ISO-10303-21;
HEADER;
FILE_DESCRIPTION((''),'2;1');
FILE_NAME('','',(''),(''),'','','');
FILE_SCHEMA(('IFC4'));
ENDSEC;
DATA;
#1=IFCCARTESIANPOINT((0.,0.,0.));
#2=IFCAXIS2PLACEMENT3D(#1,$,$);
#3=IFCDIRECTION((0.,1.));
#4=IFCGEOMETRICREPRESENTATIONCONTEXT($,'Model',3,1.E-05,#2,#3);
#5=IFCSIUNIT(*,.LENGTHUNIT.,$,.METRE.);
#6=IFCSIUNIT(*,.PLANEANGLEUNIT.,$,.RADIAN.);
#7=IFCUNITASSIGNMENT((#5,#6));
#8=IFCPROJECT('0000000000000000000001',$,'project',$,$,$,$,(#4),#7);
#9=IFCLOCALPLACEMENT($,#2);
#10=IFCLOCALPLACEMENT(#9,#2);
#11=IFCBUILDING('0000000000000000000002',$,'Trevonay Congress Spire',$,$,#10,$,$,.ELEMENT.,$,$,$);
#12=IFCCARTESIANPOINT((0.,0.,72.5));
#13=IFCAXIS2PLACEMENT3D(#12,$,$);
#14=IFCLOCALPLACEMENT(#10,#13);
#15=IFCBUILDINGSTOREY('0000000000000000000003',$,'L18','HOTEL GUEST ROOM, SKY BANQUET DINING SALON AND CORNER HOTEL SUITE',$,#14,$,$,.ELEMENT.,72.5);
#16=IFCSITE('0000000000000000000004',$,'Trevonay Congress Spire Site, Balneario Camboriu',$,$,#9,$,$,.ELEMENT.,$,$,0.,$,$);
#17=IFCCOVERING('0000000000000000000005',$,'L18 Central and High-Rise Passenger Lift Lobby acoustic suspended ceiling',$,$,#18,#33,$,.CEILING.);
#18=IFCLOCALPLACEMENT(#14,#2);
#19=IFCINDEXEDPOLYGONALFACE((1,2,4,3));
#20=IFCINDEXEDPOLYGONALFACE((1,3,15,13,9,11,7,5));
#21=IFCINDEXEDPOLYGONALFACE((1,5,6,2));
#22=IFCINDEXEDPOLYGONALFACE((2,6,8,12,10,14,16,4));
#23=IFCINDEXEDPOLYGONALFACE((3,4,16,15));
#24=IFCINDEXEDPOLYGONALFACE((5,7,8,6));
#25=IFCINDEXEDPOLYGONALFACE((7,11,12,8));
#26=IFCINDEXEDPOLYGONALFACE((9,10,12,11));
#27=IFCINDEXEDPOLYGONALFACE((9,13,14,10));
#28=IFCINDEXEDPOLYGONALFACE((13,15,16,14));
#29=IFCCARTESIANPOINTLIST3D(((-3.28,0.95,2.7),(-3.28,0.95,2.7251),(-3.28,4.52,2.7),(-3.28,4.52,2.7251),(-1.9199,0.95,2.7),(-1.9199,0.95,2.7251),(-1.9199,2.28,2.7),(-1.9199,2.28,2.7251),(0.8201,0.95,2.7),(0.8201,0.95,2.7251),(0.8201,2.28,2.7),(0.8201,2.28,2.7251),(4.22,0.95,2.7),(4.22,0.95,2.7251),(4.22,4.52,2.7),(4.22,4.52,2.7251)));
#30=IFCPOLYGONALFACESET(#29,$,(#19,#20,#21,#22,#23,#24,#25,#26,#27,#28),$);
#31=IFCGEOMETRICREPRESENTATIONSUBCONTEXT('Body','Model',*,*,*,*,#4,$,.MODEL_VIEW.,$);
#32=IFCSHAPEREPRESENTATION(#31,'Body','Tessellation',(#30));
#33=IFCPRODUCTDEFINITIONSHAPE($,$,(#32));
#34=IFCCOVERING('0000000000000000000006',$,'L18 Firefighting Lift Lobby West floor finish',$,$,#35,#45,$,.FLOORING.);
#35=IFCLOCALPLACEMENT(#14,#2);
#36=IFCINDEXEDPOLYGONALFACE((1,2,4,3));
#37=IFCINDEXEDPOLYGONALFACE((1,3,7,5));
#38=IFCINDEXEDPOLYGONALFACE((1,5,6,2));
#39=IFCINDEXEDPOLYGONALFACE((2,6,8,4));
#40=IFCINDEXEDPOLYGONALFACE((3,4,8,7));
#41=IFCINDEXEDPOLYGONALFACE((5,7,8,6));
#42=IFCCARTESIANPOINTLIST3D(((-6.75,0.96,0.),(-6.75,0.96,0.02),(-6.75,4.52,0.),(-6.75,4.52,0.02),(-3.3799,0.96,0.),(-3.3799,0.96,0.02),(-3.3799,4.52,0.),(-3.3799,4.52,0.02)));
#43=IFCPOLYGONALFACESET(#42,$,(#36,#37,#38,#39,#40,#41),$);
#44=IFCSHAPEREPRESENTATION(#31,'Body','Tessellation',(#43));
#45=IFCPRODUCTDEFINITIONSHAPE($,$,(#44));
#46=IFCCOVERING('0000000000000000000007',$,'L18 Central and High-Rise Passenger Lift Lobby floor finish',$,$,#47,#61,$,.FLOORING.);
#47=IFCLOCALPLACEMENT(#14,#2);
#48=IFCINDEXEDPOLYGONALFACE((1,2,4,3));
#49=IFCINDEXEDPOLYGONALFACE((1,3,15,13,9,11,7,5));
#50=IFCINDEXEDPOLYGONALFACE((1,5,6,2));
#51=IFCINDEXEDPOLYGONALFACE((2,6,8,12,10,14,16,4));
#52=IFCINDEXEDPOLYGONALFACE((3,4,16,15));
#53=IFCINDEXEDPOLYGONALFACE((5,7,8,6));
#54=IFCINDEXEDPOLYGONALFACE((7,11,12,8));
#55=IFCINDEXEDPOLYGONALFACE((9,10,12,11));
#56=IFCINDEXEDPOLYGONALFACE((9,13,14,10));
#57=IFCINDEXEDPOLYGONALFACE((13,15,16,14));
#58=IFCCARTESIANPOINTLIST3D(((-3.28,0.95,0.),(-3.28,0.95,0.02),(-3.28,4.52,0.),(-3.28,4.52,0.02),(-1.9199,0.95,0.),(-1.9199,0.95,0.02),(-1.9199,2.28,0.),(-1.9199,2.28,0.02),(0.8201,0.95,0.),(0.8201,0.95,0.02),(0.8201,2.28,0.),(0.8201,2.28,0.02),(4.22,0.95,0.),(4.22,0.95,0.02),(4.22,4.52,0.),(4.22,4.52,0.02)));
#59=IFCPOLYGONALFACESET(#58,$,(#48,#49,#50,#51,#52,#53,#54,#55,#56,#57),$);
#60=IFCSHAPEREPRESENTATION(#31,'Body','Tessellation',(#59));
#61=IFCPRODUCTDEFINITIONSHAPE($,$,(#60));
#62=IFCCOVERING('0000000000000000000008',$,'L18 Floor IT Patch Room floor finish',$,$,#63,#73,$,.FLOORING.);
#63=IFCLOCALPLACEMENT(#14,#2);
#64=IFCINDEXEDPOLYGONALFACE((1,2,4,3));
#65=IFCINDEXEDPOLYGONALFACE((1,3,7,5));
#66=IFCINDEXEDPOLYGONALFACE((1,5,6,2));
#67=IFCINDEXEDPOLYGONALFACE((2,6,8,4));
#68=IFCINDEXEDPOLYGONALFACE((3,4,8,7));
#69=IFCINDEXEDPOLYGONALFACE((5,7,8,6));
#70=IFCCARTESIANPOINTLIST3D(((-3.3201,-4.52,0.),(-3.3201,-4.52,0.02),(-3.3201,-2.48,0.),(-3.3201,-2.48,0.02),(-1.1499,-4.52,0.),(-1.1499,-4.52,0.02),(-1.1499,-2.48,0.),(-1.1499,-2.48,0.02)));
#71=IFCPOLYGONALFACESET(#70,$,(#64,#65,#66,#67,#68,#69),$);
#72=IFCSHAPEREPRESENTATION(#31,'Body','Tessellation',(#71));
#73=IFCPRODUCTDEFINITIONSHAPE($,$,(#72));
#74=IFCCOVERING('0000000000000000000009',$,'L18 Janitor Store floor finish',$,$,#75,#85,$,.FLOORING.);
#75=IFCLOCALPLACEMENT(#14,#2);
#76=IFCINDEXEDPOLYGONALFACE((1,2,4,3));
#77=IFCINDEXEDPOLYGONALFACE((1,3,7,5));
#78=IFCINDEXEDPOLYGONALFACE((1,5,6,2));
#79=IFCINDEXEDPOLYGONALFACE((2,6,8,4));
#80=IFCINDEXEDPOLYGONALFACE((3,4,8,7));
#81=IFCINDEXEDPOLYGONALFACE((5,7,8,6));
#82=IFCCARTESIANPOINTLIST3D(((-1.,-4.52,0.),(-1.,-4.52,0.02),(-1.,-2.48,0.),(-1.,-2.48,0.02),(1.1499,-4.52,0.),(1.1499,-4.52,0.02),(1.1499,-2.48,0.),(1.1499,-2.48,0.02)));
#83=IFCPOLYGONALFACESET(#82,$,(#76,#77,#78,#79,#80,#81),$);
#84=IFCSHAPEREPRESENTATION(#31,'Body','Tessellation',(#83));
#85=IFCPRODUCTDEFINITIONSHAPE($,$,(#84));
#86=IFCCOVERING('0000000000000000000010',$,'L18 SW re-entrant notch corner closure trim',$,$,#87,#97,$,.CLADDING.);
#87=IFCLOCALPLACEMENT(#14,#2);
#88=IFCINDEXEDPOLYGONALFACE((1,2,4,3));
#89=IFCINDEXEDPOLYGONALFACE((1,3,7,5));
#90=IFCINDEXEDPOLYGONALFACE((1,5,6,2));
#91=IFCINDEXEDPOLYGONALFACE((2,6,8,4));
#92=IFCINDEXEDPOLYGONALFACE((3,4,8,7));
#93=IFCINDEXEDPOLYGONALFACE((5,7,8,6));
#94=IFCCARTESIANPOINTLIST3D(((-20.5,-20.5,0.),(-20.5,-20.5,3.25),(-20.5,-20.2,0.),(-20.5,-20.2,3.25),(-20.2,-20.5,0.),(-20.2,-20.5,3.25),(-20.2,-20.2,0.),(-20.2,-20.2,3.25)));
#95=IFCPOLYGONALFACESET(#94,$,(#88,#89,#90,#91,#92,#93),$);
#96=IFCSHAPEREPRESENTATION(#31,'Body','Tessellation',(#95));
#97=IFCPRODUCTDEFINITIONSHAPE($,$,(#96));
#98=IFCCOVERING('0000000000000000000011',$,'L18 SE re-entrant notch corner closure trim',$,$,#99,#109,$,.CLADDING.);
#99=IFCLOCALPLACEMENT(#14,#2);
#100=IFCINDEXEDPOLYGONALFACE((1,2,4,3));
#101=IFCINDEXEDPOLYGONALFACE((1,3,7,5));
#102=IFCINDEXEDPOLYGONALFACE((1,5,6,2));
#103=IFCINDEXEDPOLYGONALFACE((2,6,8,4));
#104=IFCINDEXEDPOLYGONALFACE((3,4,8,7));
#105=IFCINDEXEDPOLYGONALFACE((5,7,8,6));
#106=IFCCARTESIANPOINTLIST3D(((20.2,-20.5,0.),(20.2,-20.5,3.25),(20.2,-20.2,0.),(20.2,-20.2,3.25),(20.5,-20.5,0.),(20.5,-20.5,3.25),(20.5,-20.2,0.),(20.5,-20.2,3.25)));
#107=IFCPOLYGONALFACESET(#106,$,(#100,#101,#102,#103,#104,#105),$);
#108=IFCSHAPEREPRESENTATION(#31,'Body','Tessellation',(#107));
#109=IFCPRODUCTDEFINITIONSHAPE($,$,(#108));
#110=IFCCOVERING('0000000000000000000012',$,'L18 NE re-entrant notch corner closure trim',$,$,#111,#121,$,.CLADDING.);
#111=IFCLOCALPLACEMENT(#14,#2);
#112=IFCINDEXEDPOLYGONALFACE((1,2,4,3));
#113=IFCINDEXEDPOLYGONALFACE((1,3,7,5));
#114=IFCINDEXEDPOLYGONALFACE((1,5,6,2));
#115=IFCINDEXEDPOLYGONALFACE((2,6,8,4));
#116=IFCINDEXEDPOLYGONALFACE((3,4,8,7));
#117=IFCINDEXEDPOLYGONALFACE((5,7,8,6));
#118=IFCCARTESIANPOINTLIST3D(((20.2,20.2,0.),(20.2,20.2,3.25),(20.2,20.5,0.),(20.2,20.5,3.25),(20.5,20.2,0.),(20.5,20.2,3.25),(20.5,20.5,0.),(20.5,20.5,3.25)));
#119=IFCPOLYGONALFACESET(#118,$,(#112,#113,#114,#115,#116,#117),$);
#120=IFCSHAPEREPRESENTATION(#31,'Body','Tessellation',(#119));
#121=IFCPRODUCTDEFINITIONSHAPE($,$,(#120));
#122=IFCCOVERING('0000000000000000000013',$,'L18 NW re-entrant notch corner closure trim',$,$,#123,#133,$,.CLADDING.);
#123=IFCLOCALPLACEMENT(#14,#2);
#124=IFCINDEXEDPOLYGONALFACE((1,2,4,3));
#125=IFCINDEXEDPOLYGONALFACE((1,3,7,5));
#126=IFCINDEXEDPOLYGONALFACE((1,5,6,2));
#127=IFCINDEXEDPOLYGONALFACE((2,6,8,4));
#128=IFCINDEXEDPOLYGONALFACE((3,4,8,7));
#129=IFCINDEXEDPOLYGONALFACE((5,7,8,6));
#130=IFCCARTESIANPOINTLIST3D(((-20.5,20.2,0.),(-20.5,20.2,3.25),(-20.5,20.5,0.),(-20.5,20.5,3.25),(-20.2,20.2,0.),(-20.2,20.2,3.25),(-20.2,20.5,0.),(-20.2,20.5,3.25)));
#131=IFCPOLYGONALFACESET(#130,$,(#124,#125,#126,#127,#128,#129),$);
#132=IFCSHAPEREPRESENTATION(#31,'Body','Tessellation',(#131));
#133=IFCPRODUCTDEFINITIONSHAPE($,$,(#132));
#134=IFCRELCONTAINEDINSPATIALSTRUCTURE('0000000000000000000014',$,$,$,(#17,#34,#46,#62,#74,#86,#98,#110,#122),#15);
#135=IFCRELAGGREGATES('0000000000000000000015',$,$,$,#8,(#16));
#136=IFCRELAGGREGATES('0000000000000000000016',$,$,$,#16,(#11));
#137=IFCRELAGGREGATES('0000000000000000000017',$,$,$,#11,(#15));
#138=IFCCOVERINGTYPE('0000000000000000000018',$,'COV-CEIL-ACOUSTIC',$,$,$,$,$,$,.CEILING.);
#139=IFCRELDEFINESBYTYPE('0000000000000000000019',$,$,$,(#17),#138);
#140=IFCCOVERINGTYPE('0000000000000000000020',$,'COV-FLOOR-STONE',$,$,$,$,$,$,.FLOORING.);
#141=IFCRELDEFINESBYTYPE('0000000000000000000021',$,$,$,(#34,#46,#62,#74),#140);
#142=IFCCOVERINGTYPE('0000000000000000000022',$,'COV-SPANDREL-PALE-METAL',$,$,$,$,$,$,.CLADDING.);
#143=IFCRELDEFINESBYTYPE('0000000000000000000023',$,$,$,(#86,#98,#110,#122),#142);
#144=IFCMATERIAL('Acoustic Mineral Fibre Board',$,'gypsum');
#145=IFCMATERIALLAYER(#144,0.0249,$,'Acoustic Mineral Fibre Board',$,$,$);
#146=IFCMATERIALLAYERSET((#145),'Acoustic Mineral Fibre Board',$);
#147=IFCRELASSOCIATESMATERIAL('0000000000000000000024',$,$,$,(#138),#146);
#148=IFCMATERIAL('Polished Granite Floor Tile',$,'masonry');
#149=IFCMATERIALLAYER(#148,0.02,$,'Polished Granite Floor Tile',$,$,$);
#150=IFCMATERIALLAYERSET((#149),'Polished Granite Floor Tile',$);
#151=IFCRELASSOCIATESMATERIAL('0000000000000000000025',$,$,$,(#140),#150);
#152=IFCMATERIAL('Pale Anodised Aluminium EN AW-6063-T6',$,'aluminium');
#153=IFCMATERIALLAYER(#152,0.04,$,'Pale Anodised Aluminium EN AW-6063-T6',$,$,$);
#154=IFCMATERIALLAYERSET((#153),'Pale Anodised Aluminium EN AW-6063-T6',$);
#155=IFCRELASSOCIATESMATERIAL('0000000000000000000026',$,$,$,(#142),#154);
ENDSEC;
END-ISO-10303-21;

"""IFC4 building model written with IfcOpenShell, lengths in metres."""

from ifc_helpers import new_model, si_unit, direction, frame, origin, place, context, subcontext, project, spatial, polyline, outline, extrude, material, layer, layer_set, type_object, element, save


model = new_model("IFC4")

# Units and contexts
model_context = context("Model", 3, precision=1e-05, world=origin(), true_north=direction((0.0, 1.0)))
body_context = subcontext(model_context, "Body", "Model", "MODEL_VIEW")
ifc_project = project(units=[si_unit("LENGTHUNIT", "METRE"), si_unit("PLANEANGLEUNIT", "RADIAN")], contexts=[model_context])

# Site, building, storey
site_placement = place(None, origin())
site = spatial("IfcSite", under=ifc_project, at=site_placement, Name="Trevonay Congress Spire Site, Balneario Camboriu", CompositionType="ELEMENT", RefElevation=0.0)
building_placement = place(site_placement, origin())
building = spatial("IfcBuilding", under=site, at=building_placement, Name="Trevonay Congress Spire", CompositionType="ELEMENT")
storey_placement = place(building_placement, frame((0.0, 0.0, 72.5)))
storey = spatial("IfcBuildingStorey", under=building, at=storey_placement, Name="L18", Description="HOTEL GUEST ROOM, SKY BANQUET DINING SALON AND CORNER HOTEL SUITE", CompositionType="ELEMENT", Elevation=72.5)

# Coverings
ifc_material_1 = material(Name="Acoustic Mineral Fibre Board", Category="gypsum")
ifc_layer_1 = layer(ifc_material_1, 0.0249, Name="Acoustic Mineral Fibre Board")
ifc_layer_set_1 = layer_set([ifc_layer_1], Name="Acoustic Mineral Fibre Board")
covering_type_1 = type_object("IfcCoveringType", Name="COV-CEIL-ACOUSTIC", PredefinedType="CEILING", material=ifc_layer_set_1)
covering_1_placement = place(storey_placement, frame((0.0, 0.0, 2.7)))
element("IfcCovering", 1, at=covering_1_placement, inside=storey, type_object=covering_type_1, Name="L18 Central and High-Rise Passenger Lift Lobby acoustic suspended ceiling", PredefinedType="CEILING", context=body_context, shape_type="SweptSolid", body=[
    extrude(outline(polyline([(-3.28, 0.95), (-1.9199, 0.95), (-1.9199, 2.28), (0.8201, 2.28), (0.8201, 0.95), (4.22, 0.95), (4.22, 4.52), (-3.28, 4.52), (-3.28, 0.95)])), origin(), (0.0, 0.0, 1.0), 0.0251),
])
ifc_material_2 = material(Name="Polished Granite Floor Tile", Category="masonry")
ifc_layer_2 = layer(ifc_material_2, 0.02, Name="Polished Granite Floor Tile")
ifc_layer_set_2 = layer_set([ifc_layer_2], Name="Polished Granite Floor Tile")
covering_type_2 = type_object("IfcCoveringType", Name="COV-FLOOR-STONE", PredefinedType="FLOORING", material=ifc_layer_set_2)
covering_2_placement = place(storey_placement, origin())
element("IfcCovering", 2, at=covering_2_placement, inside=storey, type_object=covering_type_2, Name="L18 Firefighting Lift Lobby West floor finish", PredefinedType="FLOORING", context=body_context, shape_type="SweptSolid", body=[
    extrude(outline(polyline([(-6.75, 0.96), (-3.3799, 0.96), (-3.3799, 4.52), (-6.75, 4.52), (-6.75, 0.96)])), origin(), (0.0, 0.0, 1.0), 0.02),
])
covering_3_placement = place(storey_placement, origin())
element("IfcCovering", 3, at=covering_3_placement, inside=storey, type_object=covering_type_2, Name="L18 Central and High-Rise Passenger Lift Lobby floor finish", PredefinedType="FLOORING", context=body_context, shape_type="SweptSolid", body=[
    extrude(outline(polyline([(-3.28, 0.95), (-1.9199, 0.95), (-1.9199, 2.28), (0.8201, 2.28), (0.8201, 0.95), (4.22, 0.95), (4.22, 4.52), (-3.28, 4.52), (-3.28, 0.95)])), origin(), (0.0, 0.0, 1.0), 0.02),
])
covering_4_placement = place(storey_placement, origin())
element("IfcCovering", 4, at=covering_4_placement, inside=storey, type_object=covering_type_2, Name="L18 Floor IT Patch Room floor finish", PredefinedType="FLOORING", context=body_context, shape_type="SweptSolid", body=[
    extrude(outline(polyline([(-3.3201, -4.52), (-1.1499, -4.52), (-1.1499, -2.48), (-3.3201, -2.48), (-3.3201, -4.52)])), origin(), (0.0, 0.0, 1.0), 0.02),
])
covering_5_placement = place(storey_placement, origin())
element("IfcCovering", 5, at=covering_5_placement, inside=storey, type_object=covering_type_2, Name="L18 Janitor Store floor finish", PredefinedType="FLOORING", context=body_context, shape_type="SweptSolid", body=[
    extrude(outline(polyline([(-1.0, -4.52), (1.1499, -4.52), (1.1499, -2.48), (-1.0, -2.48), (-1.0, -4.52)])), origin(), (0.0, 0.0, 1.0), 0.02),
])
ifc_material_3 = material(Name="Pale Anodised Aluminium EN AW-6063-T6", Category="aluminium")
ifc_layer_3 = layer(ifc_material_3, 0.04, Name="Pale Anodised Aluminium EN AW-6063-T6")
ifc_layer_set_3 = layer_set([ifc_layer_3], Name="Pale Anodised Aluminium EN AW-6063-T6")
covering_type_3 = type_object("IfcCoveringType", Name="COV-SPANDREL-PALE-METAL", PredefinedType="CLADDING", material=ifc_layer_set_3)
covering_6_placement = place(storey_placement, origin())
element("IfcCovering", 6, at=covering_6_placement, inside=storey, type_object=covering_type_3, Name="L18 SW re-entrant notch corner closure trim", PredefinedType="CLADDING", context=body_context, shape_type="SweptSolid", body=[
    extrude(outline(polyline([(-20.5, -20.5), (-20.2, -20.5), (-20.2, -20.2), (-20.5, -20.2), (-20.5, -20.5)])), origin(), (0.0, 0.0, 1.0), 3.25),
])
covering_7_placement = place(storey_placement, origin())
element("IfcCovering", 7, at=covering_7_placement, inside=storey, type_object=covering_type_3, Name="L18 SE re-entrant notch corner closure trim", PredefinedType="CLADDING", context=body_context, shape_type="SweptSolid", body=[
    extrude(outline(polyline([(20.2, -20.5), (20.5, -20.5), (20.5, -20.2), (20.2, -20.2), (20.2, -20.5)])), origin(), (0.0, 0.0, 1.0), 3.25),
])
covering_8_placement = place(storey_placement, origin())
element("IfcCovering", 8, at=covering_8_placement, inside=storey, type_object=covering_type_3, Name="L18 NE re-entrant notch corner closure trim", PredefinedType="CLADDING", context=body_context, shape_type="SweptSolid", body=[
    extrude(outline(polyline([(20.2, 20.2), (20.5, 20.2), (20.5, 20.5), (20.2, 20.5), (20.2, 20.2)])), origin(), (0.0, 0.0, 1.0), 3.25),
])
covering_9_placement = place(storey_placement, origin())
element("IfcCovering", 9, at=covering_9_placement, inside=storey, type_object=covering_type_3, Name="L18 NW re-entrant notch corner closure trim", PredefinedType="CLADDING", context=body_context, shape_type="SweptSolid", body=[
    extrude(outline(polyline([(-20.5, 20.2), (-20.2, 20.2), (-20.2, 20.5), (-20.5, 20.5), (-20.5, 20.2)])), origin(), (0.0, 0.0, 1.0), 3.25),
])

save(model, "model.ifc")
